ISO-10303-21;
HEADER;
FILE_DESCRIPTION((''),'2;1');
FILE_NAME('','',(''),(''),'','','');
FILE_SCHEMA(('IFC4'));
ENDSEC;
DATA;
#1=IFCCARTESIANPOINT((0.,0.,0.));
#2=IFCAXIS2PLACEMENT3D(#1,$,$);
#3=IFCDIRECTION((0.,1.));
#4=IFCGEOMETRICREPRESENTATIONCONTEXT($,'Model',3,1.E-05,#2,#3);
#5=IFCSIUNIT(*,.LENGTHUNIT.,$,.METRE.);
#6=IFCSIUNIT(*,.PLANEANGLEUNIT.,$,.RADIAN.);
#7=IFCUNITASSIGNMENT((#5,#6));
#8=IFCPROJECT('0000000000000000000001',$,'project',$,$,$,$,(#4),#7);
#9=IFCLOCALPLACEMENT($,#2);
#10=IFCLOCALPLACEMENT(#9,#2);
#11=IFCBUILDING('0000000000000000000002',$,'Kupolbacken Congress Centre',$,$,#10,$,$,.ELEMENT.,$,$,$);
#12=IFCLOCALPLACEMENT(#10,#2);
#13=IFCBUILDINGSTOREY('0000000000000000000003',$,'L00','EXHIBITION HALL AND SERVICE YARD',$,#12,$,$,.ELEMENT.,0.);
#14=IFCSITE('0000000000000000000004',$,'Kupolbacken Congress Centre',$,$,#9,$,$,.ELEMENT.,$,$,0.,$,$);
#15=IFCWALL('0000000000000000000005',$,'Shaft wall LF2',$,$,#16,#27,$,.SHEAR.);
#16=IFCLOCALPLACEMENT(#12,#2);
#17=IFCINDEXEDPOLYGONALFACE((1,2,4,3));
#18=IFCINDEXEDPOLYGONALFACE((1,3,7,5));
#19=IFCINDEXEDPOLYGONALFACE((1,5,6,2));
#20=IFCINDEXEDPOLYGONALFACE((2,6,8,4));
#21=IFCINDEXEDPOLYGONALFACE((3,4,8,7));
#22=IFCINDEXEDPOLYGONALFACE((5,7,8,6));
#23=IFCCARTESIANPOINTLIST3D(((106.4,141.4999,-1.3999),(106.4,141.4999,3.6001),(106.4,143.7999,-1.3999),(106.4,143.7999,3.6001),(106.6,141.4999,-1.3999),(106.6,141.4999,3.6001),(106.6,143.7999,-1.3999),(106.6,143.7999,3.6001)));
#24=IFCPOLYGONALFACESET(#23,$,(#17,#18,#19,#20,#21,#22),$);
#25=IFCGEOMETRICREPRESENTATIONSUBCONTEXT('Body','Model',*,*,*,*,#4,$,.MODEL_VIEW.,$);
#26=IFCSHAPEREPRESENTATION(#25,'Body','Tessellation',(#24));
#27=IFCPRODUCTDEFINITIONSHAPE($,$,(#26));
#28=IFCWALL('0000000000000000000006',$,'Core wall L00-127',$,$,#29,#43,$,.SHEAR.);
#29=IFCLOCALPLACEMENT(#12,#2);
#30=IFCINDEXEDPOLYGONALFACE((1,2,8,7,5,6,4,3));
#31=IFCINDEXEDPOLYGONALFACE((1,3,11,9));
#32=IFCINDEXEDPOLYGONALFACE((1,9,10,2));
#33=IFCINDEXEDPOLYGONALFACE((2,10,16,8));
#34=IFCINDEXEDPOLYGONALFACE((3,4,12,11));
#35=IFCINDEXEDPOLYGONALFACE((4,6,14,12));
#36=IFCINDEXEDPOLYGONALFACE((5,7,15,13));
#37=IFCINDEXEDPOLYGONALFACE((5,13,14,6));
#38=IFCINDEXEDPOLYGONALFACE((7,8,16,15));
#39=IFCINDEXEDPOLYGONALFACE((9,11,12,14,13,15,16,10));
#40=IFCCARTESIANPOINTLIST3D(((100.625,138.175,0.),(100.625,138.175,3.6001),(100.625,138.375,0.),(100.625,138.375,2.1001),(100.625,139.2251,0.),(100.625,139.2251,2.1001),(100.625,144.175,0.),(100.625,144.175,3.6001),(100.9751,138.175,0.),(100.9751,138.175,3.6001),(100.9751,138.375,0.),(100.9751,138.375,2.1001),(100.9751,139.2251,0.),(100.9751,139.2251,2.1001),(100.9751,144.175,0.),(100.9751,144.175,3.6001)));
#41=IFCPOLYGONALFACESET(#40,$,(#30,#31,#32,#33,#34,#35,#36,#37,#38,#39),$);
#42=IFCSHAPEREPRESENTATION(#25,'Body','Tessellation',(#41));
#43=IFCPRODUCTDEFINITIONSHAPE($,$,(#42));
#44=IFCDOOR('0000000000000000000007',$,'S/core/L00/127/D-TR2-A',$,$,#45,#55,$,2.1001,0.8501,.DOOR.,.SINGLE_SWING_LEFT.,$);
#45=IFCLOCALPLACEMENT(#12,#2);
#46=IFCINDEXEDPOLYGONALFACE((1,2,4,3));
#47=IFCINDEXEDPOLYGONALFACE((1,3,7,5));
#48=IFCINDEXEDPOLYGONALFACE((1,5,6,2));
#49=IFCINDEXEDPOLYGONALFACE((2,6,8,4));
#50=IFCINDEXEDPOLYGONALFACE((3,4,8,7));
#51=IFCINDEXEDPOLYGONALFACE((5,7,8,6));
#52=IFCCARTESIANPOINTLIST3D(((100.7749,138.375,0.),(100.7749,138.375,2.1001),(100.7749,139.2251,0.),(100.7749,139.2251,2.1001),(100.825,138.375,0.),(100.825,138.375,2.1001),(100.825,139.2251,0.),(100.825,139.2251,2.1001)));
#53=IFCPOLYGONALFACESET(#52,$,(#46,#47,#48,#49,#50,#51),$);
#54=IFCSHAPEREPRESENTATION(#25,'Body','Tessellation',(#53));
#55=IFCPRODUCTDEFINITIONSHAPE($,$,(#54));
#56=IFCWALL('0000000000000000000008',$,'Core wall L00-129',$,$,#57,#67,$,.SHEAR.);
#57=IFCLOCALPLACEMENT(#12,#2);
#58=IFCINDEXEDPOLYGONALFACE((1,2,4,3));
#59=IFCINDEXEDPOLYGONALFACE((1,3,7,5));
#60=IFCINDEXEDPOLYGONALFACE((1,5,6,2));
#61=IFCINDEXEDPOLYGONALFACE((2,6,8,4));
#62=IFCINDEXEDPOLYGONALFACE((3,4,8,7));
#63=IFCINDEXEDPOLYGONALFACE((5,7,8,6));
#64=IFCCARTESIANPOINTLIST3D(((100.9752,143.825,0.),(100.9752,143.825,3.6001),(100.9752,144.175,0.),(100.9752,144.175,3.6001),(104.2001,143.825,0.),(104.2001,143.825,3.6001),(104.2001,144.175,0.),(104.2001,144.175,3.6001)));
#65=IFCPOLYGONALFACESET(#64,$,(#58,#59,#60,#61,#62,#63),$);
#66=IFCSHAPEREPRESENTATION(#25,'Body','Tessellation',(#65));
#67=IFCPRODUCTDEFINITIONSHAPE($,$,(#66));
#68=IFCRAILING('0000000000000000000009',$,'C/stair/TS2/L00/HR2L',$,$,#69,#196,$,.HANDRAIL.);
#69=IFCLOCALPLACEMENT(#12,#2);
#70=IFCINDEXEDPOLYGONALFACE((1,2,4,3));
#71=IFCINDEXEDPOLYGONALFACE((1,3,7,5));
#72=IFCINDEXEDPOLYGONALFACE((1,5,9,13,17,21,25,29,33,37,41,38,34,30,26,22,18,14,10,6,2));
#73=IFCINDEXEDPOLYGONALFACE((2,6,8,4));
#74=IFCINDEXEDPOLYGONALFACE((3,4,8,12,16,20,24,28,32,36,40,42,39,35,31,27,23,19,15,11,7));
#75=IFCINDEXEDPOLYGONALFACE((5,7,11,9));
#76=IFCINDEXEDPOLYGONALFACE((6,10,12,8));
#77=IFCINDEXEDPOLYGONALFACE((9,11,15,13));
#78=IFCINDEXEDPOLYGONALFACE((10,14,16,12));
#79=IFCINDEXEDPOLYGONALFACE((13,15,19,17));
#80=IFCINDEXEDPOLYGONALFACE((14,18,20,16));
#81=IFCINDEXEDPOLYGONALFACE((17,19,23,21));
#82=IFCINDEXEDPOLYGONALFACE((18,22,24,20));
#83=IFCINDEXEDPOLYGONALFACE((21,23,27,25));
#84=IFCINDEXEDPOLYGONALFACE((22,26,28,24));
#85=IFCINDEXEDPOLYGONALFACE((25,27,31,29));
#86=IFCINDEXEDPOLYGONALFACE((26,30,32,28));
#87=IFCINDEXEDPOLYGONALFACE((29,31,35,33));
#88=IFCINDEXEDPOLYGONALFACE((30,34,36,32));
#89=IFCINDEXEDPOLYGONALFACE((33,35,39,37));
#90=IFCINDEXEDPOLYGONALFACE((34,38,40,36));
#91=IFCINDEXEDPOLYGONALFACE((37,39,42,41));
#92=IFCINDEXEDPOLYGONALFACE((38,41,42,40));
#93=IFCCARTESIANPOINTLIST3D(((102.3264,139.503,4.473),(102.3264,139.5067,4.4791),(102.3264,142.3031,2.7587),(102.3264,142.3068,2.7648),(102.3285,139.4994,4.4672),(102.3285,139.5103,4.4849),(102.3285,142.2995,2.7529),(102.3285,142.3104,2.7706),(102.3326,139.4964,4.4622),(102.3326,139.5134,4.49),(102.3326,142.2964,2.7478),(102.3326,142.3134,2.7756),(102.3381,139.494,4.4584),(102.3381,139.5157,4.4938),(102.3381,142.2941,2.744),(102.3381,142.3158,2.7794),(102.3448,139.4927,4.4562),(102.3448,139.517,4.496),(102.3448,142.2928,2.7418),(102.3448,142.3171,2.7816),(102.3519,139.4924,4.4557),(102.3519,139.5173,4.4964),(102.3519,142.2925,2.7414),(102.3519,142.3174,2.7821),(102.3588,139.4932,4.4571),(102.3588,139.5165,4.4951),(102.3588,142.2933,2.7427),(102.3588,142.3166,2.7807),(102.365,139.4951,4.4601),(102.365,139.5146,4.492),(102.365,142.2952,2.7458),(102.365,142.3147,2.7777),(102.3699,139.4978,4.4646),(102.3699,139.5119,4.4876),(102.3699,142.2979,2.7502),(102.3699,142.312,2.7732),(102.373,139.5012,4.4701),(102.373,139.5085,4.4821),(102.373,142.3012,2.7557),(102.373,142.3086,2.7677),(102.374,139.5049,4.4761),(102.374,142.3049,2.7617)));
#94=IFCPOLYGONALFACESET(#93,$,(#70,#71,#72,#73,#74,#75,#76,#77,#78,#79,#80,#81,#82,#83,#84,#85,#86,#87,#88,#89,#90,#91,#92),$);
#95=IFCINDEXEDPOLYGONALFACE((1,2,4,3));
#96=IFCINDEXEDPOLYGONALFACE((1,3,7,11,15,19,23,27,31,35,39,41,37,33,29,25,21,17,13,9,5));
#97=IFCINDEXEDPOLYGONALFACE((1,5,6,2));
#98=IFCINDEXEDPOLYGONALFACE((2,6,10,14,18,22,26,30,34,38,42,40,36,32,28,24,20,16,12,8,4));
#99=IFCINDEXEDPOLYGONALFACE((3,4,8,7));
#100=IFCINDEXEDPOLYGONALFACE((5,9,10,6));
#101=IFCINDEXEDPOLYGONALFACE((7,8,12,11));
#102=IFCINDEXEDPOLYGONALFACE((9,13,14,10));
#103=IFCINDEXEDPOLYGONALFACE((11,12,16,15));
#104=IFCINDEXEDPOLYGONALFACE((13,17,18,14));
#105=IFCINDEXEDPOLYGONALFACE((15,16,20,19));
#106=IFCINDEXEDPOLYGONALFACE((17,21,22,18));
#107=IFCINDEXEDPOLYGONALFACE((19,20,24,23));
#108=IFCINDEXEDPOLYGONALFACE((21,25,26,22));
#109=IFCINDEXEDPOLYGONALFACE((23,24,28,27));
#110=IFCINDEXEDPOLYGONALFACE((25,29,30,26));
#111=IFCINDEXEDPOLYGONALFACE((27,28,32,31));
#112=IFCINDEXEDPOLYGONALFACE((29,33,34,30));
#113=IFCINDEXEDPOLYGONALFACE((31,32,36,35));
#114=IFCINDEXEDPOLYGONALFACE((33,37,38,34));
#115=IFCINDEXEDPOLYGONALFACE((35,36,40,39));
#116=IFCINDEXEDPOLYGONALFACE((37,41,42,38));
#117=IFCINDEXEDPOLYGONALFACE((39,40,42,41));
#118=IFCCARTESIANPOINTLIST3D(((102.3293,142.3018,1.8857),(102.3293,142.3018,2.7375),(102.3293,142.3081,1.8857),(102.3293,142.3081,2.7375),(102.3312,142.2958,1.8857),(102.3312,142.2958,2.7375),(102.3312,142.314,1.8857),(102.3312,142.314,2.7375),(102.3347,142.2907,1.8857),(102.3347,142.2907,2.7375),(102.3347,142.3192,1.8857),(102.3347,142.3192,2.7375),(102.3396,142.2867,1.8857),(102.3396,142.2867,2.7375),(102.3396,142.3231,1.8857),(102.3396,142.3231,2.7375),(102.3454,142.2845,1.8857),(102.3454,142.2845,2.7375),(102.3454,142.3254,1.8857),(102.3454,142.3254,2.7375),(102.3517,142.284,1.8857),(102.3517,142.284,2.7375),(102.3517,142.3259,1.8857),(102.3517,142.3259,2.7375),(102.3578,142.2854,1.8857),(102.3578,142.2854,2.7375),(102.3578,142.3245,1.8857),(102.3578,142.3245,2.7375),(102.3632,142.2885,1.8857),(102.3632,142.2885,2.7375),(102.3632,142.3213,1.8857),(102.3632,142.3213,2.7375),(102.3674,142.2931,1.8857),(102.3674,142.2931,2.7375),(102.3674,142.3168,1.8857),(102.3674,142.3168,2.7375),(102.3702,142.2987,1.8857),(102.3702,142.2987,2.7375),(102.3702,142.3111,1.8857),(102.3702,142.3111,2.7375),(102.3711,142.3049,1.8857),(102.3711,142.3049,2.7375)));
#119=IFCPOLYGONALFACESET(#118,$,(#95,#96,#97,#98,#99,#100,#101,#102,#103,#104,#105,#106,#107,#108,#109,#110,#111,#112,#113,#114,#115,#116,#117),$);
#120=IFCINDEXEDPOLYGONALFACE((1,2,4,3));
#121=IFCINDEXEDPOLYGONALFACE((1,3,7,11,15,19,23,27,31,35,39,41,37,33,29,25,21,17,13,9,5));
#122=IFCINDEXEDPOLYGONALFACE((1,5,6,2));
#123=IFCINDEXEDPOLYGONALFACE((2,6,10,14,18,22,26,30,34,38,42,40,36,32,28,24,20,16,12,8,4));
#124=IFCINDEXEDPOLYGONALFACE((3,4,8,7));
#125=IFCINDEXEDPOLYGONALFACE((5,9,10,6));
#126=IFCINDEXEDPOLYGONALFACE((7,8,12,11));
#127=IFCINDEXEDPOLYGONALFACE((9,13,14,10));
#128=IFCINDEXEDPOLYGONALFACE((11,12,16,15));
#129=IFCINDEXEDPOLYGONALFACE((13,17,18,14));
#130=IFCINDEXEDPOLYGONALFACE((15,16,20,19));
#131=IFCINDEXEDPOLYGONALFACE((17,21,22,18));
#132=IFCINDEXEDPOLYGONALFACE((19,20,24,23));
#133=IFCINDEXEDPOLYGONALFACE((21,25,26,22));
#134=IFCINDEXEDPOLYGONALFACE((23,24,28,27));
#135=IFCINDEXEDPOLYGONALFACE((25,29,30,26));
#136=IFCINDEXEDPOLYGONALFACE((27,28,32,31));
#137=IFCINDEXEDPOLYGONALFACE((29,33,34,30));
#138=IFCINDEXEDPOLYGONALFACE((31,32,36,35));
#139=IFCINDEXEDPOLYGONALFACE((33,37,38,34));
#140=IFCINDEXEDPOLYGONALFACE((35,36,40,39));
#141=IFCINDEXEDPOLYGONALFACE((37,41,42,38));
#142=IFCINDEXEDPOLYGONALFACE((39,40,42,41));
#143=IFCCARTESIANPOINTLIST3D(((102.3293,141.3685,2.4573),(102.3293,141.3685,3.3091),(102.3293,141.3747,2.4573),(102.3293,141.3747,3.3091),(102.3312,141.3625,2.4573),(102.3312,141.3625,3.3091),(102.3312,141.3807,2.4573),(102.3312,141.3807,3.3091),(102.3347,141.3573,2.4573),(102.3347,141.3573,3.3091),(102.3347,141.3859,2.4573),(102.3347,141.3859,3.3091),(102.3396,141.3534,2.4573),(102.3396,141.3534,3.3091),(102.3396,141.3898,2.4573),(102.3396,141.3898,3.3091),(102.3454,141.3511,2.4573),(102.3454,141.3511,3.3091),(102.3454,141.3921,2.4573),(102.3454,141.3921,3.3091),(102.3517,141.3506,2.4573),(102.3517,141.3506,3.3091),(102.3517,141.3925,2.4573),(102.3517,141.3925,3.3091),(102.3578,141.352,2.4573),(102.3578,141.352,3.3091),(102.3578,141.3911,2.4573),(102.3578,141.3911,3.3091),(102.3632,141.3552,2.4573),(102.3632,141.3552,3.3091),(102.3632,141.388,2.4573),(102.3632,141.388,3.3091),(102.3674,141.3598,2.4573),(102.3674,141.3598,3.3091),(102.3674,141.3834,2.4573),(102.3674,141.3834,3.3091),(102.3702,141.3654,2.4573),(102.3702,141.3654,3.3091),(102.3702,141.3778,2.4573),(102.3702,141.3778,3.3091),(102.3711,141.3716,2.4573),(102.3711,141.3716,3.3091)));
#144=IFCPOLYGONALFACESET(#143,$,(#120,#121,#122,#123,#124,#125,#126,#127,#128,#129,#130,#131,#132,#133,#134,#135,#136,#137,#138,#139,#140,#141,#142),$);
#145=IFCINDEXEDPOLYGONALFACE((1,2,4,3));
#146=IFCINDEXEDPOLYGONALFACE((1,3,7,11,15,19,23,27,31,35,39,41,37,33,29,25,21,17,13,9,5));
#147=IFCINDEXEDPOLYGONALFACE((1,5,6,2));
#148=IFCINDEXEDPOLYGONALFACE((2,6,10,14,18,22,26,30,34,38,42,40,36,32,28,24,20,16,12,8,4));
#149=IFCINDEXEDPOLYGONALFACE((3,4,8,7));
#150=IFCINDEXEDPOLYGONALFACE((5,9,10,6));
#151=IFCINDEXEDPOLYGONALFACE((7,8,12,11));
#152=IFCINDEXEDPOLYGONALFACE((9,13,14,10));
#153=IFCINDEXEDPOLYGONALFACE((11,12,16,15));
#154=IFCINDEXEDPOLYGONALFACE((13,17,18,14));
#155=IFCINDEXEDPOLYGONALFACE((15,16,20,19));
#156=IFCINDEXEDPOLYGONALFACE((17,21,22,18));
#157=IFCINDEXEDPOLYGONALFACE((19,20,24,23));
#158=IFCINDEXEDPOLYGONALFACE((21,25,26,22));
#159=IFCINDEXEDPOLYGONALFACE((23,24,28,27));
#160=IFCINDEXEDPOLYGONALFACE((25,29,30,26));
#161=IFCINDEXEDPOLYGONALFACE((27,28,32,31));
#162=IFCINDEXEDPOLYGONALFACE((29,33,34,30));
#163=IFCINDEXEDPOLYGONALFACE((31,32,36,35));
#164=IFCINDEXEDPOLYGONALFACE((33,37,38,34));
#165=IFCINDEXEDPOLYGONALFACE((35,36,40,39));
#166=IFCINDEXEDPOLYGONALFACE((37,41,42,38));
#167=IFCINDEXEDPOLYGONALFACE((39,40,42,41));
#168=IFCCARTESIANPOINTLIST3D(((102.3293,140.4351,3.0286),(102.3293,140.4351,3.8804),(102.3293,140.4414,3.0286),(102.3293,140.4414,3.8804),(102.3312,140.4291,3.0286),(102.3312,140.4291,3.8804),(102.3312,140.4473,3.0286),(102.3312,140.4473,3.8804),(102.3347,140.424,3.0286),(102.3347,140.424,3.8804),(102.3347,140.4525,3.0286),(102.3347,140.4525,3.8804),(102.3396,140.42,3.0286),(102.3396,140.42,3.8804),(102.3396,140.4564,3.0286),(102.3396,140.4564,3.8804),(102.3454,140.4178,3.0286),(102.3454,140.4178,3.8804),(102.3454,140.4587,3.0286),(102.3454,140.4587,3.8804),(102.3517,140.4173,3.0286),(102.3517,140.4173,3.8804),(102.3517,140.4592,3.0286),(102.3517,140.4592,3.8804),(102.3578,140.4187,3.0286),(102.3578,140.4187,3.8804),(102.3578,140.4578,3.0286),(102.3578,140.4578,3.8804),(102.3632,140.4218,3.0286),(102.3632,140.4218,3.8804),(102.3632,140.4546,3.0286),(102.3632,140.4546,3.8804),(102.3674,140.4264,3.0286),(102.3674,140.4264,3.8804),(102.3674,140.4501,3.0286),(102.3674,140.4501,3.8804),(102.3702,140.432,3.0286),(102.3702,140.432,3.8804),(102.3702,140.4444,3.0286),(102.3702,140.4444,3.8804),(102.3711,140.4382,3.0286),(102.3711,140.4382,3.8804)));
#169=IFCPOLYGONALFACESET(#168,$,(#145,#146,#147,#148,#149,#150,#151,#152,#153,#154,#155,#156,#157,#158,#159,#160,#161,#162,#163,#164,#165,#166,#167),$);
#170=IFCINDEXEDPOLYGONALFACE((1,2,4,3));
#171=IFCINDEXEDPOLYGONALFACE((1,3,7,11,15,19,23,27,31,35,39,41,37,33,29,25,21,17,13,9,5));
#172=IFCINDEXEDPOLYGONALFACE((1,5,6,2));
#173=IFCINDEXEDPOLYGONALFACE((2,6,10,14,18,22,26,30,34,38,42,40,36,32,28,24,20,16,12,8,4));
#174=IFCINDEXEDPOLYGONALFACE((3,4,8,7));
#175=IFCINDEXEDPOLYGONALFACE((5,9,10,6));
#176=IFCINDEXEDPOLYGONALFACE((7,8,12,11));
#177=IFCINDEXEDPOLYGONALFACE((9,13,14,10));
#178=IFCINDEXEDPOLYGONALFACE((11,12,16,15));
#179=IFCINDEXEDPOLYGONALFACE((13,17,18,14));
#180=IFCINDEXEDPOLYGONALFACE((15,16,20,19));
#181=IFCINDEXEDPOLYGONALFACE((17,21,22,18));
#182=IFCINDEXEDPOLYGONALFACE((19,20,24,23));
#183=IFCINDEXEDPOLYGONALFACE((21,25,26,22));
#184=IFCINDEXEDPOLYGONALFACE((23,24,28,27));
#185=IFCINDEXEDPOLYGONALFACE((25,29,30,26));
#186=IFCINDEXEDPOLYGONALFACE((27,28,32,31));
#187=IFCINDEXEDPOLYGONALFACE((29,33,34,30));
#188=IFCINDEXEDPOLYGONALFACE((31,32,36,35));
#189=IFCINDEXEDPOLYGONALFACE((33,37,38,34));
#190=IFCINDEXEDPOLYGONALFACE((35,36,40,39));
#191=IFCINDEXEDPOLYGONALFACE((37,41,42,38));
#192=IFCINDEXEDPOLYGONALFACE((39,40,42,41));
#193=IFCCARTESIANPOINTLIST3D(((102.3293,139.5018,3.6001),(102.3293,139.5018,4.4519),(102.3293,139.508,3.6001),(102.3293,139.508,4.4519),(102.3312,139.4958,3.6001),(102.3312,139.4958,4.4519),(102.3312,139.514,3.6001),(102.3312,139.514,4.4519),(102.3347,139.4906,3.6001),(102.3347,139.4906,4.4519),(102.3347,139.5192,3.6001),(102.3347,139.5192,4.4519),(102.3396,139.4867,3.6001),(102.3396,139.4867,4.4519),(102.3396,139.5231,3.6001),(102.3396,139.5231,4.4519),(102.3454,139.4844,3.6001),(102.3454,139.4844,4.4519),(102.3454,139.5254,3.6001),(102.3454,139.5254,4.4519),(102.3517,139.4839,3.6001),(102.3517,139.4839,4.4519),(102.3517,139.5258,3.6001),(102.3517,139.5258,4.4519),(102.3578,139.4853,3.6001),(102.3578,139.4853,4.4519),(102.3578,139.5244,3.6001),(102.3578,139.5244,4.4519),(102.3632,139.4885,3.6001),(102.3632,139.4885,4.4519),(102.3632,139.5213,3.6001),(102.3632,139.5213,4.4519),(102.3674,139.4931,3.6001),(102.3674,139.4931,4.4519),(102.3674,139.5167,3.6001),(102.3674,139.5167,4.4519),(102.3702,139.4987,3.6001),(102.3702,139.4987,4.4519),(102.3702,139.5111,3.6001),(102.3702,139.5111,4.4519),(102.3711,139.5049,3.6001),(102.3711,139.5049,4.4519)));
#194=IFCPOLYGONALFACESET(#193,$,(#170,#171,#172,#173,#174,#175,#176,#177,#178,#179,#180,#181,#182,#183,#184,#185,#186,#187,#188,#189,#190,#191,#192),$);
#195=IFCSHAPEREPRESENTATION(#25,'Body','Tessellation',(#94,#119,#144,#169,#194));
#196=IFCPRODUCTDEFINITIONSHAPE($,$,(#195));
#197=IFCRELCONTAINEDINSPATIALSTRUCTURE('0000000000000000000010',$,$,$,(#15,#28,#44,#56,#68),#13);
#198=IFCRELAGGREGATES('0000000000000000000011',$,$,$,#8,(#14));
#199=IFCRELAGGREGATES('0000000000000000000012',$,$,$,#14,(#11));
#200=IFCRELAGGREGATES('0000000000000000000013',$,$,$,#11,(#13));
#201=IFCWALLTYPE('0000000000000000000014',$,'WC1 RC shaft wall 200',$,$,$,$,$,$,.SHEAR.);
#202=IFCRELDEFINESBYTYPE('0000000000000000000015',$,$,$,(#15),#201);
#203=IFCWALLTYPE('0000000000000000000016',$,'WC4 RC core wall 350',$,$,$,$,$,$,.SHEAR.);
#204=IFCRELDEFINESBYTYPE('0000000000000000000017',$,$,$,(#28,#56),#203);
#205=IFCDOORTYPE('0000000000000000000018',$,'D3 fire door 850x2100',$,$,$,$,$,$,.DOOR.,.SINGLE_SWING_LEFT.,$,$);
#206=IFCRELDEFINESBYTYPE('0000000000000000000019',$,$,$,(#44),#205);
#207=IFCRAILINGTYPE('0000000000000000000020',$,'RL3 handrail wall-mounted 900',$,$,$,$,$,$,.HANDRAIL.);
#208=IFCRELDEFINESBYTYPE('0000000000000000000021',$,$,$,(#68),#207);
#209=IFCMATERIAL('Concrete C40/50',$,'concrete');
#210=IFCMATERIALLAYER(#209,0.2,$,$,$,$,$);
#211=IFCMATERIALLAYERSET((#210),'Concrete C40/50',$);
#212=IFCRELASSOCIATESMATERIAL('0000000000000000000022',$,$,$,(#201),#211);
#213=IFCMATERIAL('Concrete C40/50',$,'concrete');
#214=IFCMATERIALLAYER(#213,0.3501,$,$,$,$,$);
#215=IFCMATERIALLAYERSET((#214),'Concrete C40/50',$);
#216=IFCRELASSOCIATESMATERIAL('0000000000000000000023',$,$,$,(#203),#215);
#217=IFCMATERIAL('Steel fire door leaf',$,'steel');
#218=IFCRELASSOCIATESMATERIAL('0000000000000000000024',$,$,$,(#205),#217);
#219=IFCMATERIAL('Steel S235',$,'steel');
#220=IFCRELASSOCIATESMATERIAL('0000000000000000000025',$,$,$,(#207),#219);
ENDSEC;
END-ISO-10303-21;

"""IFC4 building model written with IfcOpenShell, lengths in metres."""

from ifc_helpers import new_model, si_unit, direction, frame, frame_2d, origin, origin_2d, place, context, subcontext, project, spatial, rectangle, circle, extrude, material, layer, layer_set, type_object, element, fill, save


model = new_model("IFC4")

# Units and contexts
model_context = context("Model", 3, precision=1e-05, world=origin(), true_north=direction((0.0, 1.0)))
body_context = subcontext(model_context, "Body", "Model", "MODEL_VIEW")
ifc_project = project(units=[si_unit("LENGTHUNIT", "METRE"), si_unit("PLANEANGLEUNIT", "RADIAN")], contexts=[model_context])

# Site, building, storey
site_placement = place(None, origin())
site = spatial("IfcSite", under=ifc_project, at=site_placement, Name="Kupolbacken Congress Centre", CompositionType="ELEMENT", RefElevation=0.0)
building_placement = place(site_placement, origin())
building = spatial("IfcBuilding", under=site, at=building_placement, Name="Kupolbacken Congress Centre", CompositionType="ELEMENT")
storey_placement = place(building_placement, origin())
storey = spatial("IfcBuildingStorey", under=building, at=storey_placement, Name="L00", Description="EXHIBITION HALL AND SERVICE YARD", CompositionType="ELEMENT", Elevation=0.0)

# Wall
ifc_material_1 = material(Name="Concrete C40/50", Category="concrete")
ifc_layer_1 = layer(ifc_material_1, 0.2)
ifc_layer_set_1 = layer_set([ifc_layer_1], Name="Concrete C40/50")
wall_type_1 = type_object("IfcWallType", Name="WC1 RC shaft wall 200", PredefinedType="SHEAR", material=ifc_layer_set_1)
wall_1_placement = place(storey_placement, frame((106.5, 141.5, -1.3999), z_axis=(0.0, 0.0, 1.0), x_axis=(0.0, 1.0, 0.0)))
element("IfcWall", 1, at=wall_1_placement, inside=storey, type_object=wall_type_1, Name="Shaft wall LF2", PredefinedType="SHEAR", context=body_context, shape_type="SweptSolid", body=[
    extrude(rectangle(XDim=2.3, YDim=0.2, at=frame_2d((1.1499, 0.0))), origin(), (0.0, 0.0, 1.0), 5.0),
])

# Wall, opening, door
ifc_material_2 = material(Name="Concrete C40/50", Category="concrete")
ifc_layer_2 = layer(ifc_material_2, 0.3501)
ifc_layer_set_2 = layer_set([ifc_layer_2], Name="Concrete C40/50")
wall_type_2 = type_object("IfcWallType", Name="WC4 RC core wall 350", PredefinedType="SHEAR", material=ifc_layer_set_2)
wall_2_placement = place(storey_placement, frame((100.8, 144.175, 0.0), z_axis=(0.0, 0.0, 1.0), x_axis=(0.0, -1.0, 0.0)))
wall_2 = element("IfcWall", 2, at=wall_2_placement, inside=storey, type_object=wall_type_2, Name="Core wall L00-127", PredefinedType="SHEAR", context=body_context, shape_type="SweptSolid", body=[
    extrude(rectangle(XDim=6.0, YDim=0.3501, at=frame_2d((3.0, 0.0))), origin(), (0.0, 0.0, 1.0), 3.6001),
])
opening_placement = place(wall_2_placement, frame((4.95, 0.0, 0.0)))
opening = element("IfcOpeningElement", 3, at=opening_placement, cuts=wall_2, PredefinedType="OPENING", context=body_context, shape_type="SweptSolid", body=[
    extrude(rectangle(XDim=0.8501, YDim=2.1001, at=frame_2d((0.425, 1.05))), frame((0.0, 0.1851, 0.0), z_axis=(0.0, -1.0, 0.0), x_axis=(1.0, 0.0, 0.0)), (0.0, 0.0, 1.0), 0.3701),
])
ifc_material_3 = material(Name="Steel fire door leaf", Category="steel")
door_type = type_object("IfcDoorType", Name="D3 fire door 850x2100", OperationType="SINGLE_SWING_LEFT", PredefinedType="DOOR", material=ifc_material_3)
door_placement = place(opening_placement, origin())
door = element("IfcDoor", 4, at=door_placement, inside=storey, type_object=door_type, Name="S/core/L00/127/D-TR2-A", OperationType="SINGLE_SWING_LEFT", OverallHeight=2.1001, OverallWidth=0.8501, PredefinedType="DOOR", context=body_context, shape_type="SweptSolid", body=[
    extrude(rectangle(XDim=0.8501, YDim=2.1001, at=frame_2d((0.425, 1.05))), frame((0.0, 0.0249, 0.0), z_axis=(0.0, -1.0, 0.0), x_axis=(1.0, 0.0, 0.0)), (0.0, 0.0, 1.0), 0.05),
])
fill(opening, door)

# Wall
wall_3_placement = place(storey_placement, frame((104.2, 144.0, 0.0), z_axis=(0.0, 0.0, 1.0), x_axis=(-1.0, 0.0, 0.0)))
element("IfcWall", 5, at=wall_3_placement, inside=storey, type_object=wall_type_2, Name="Core wall L00-129", PredefinedType="SHEAR", context=body_context, shape_type="SweptSolid", body=[
    extrude(rectangle(XDim=3.2249, YDim=0.3501, at=frame_2d((1.6123, 0.0))), origin(), (0.0, 0.0, 1.0), 3.6001),
])

# Railing
ifc_material_4 = material(Name="Steel S235", Category="steel")
railing_type = type_object("IfcRailingType", Name="RL3 handrail wall-mounted 900", PredefinedType="HANDRAIL", material=ifc_material_4)
for number, where, name in (
    (6, (102.3501, 142.3049, 1.8857), "C/stair/TS2/L00/HR2L"),
):
    element("IfcRailing", number, at=place(storey_placement, frame(where)), inside=storey, type_object=railing_type, Name=name, PredefinedType="HANDRAIL", context=body_context, shape_type="SweptSolid", body=[
        extrude(circle(Radius=0.0239, at=origin_2d()), frame((0.0, 0.0, 0.876), z_axis=(0.0, -0.852846, 0.522163), x_axis=(1.0, 0.0, 0.0)), (0.0, 0.0, 1.0), 3.2832),
        extrude(circle(Radius=0.021, at=origin_2d()), origin(), (0.0, 0.0, 1.0), 0.8518),
        extrude(circle(Radius=0.021, at=origin_2d()), frame((0.0, -0.9333, 0.5715)), (0.0, 0.0, 1.0), 0.8518),
        extrude(circle(Radius=0.021, at=origin_2d()), frame((0.0, -1.8667, 1.1428)), (0.0, 0.0, 1.0), 0.8518),
        extrude(circle(Radius=0.021, at=origin_2d()), frame((0.0, -2.8, 1.7144)), (0.0, 0.0, 1.0), 0.8518),
    ])

save(model, "model.ifc")
